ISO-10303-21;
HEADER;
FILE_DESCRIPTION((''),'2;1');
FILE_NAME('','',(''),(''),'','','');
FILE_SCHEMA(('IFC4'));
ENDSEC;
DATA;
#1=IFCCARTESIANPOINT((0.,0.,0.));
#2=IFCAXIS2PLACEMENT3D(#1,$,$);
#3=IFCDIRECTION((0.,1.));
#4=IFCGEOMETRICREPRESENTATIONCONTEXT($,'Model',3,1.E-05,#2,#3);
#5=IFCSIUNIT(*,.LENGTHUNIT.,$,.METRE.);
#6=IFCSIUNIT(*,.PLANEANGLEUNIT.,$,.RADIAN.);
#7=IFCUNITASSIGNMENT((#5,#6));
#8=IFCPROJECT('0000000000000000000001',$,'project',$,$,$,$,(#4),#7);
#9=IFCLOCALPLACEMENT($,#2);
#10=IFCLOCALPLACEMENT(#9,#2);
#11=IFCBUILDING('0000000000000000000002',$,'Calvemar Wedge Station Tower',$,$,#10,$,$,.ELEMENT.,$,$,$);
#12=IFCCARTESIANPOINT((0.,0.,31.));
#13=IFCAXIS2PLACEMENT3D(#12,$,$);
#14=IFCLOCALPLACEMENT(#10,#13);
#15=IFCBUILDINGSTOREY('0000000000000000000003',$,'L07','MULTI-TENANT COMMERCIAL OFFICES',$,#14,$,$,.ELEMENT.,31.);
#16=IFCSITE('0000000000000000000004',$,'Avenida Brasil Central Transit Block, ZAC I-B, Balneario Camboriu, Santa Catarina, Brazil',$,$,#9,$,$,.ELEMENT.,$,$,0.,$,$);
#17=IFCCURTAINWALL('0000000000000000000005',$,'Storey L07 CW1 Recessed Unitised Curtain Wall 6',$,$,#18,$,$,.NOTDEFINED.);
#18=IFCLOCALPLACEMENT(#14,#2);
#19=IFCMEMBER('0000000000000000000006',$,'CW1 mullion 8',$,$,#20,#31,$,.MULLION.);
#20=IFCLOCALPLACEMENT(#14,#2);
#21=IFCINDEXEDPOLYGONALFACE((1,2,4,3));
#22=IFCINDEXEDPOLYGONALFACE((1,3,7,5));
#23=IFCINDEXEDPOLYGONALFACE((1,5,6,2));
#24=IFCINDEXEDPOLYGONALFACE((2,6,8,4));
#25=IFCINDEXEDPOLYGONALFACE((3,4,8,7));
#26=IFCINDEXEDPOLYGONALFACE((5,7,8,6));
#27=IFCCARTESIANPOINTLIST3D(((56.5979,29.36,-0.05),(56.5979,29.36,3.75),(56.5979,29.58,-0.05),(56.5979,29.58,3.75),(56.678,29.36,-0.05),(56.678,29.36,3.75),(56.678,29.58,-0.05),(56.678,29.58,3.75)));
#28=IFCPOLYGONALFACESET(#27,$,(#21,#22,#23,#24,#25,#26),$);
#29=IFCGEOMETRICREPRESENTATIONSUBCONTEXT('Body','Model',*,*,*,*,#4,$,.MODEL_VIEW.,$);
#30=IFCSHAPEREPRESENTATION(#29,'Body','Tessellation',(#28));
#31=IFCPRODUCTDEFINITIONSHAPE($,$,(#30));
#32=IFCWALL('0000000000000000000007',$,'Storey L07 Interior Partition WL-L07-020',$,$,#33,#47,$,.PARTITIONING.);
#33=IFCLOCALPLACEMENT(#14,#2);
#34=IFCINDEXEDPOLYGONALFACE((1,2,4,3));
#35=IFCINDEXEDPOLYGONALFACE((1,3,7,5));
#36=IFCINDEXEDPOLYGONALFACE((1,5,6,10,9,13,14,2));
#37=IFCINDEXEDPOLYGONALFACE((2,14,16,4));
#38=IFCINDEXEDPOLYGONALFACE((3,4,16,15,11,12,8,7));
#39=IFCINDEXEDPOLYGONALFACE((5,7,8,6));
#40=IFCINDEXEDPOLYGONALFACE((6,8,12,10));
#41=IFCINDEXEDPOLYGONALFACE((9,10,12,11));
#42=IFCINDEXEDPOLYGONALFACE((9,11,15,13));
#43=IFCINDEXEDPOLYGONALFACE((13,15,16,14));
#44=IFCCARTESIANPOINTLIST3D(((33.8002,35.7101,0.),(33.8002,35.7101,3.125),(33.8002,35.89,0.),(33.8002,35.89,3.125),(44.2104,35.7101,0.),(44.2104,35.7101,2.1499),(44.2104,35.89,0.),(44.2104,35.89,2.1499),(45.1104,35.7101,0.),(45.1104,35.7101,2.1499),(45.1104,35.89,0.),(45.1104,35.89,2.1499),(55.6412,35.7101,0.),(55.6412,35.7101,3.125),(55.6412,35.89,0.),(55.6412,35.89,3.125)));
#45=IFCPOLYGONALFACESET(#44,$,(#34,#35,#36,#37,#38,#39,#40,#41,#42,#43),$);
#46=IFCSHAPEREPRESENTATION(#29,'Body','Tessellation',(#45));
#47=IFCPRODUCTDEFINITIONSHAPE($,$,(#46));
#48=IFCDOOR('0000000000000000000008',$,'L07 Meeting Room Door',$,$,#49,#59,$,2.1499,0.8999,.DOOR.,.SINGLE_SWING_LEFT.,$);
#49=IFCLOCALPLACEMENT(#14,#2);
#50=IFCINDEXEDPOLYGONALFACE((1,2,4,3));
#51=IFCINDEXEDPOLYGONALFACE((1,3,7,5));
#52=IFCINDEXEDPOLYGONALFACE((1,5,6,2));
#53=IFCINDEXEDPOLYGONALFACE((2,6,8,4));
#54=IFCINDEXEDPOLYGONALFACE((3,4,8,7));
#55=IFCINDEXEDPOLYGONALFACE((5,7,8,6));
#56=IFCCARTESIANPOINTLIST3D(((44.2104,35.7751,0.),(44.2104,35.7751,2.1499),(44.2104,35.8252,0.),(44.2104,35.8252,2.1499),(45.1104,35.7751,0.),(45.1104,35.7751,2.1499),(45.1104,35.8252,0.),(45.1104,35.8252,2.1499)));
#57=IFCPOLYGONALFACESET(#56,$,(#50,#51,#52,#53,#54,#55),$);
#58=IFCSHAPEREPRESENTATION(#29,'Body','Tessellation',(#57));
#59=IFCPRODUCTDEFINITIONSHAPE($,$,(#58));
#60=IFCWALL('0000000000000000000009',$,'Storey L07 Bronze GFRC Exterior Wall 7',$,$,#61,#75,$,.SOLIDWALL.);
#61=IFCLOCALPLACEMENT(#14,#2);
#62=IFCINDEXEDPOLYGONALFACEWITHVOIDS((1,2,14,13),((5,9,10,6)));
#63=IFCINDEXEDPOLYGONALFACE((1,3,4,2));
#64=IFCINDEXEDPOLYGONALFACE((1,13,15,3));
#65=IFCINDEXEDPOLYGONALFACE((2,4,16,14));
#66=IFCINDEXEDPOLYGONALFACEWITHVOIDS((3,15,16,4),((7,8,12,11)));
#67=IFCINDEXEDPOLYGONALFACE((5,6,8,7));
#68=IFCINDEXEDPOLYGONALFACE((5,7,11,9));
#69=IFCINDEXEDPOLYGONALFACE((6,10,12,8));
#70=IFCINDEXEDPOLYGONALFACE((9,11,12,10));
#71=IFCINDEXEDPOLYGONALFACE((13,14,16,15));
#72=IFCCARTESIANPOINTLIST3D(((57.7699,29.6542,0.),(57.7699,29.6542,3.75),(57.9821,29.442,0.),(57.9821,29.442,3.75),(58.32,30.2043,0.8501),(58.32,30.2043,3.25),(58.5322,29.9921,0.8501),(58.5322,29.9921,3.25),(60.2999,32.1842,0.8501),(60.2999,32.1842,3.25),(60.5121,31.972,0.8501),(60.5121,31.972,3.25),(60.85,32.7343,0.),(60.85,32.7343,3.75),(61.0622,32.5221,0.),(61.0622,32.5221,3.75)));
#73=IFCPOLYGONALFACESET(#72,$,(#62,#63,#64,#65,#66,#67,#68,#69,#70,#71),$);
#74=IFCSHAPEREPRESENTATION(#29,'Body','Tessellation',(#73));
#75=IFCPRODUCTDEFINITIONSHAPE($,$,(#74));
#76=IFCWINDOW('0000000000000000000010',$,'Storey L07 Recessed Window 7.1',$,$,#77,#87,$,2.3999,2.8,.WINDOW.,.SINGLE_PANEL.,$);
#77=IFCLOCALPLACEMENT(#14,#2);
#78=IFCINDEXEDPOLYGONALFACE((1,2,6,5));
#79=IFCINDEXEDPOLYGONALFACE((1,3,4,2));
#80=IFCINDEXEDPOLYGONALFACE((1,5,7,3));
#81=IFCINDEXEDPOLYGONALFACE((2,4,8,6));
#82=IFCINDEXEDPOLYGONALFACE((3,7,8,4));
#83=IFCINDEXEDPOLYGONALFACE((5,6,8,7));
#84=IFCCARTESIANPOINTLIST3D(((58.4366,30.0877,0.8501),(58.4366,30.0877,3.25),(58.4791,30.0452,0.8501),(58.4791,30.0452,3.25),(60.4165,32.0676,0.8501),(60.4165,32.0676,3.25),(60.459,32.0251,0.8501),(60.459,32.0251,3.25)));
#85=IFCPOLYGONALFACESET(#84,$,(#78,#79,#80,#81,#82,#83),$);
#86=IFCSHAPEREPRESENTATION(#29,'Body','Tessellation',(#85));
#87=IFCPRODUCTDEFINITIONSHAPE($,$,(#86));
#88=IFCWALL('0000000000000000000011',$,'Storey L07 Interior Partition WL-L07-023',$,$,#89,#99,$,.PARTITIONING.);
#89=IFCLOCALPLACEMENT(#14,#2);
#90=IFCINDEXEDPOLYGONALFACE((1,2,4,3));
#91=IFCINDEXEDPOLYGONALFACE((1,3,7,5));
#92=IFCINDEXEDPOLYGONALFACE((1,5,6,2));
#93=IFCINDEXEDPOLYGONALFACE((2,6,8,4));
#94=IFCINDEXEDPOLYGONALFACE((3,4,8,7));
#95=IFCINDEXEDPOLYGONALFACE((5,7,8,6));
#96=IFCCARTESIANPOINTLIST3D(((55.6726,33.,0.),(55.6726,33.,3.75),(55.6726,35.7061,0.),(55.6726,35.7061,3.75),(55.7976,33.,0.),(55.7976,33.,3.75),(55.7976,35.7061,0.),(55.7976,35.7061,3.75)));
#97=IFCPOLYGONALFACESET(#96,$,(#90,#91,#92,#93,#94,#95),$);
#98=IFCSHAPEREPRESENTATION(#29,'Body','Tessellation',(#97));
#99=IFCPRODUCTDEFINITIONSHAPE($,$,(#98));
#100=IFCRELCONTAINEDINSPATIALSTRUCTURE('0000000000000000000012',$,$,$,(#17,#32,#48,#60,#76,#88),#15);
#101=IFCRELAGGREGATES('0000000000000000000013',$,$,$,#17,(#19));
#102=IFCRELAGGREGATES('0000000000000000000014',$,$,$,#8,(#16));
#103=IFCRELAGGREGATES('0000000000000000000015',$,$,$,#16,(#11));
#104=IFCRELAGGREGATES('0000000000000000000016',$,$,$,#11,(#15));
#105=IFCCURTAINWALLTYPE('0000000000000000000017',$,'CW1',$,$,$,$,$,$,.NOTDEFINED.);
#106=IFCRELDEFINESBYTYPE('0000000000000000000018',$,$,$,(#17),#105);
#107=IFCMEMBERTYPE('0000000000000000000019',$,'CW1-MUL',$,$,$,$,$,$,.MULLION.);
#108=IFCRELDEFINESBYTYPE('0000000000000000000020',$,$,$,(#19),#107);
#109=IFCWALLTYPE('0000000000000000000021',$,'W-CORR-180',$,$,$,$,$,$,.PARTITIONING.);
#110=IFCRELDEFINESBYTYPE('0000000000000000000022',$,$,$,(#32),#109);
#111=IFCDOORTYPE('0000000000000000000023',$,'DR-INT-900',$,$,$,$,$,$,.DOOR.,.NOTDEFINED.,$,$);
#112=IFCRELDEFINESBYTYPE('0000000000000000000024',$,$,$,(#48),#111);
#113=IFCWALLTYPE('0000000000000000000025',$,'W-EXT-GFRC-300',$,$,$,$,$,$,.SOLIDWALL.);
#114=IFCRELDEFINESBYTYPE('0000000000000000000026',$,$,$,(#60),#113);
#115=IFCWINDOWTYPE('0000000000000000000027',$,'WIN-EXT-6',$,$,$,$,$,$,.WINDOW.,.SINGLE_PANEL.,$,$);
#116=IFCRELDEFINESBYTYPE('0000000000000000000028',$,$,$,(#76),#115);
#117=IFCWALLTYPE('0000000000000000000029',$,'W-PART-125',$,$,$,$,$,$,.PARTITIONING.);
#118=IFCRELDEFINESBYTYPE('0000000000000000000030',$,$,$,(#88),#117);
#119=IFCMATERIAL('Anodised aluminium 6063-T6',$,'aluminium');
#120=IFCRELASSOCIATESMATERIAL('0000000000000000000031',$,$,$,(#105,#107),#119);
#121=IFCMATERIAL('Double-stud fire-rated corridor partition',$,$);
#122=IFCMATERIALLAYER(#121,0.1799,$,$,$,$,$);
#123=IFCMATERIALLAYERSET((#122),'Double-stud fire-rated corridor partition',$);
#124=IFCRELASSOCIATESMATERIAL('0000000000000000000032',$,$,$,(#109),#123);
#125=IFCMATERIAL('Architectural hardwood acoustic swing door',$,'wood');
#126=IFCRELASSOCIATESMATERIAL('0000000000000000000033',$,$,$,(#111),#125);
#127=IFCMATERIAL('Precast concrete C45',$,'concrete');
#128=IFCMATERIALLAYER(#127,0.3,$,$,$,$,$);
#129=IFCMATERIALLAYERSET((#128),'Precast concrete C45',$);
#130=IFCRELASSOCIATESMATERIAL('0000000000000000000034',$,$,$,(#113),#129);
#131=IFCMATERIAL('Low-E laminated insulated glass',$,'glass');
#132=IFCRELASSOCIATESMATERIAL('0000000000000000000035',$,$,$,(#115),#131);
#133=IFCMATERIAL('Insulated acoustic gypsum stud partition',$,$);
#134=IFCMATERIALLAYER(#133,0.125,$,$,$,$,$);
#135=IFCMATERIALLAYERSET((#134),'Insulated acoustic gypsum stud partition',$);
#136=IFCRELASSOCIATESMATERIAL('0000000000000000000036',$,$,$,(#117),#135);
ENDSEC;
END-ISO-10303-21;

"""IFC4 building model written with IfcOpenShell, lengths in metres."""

from ifc_helpers import new_model, si_unit, direction, frame, frame_2d, origin, origin_2d, place, context, subcontext, project, spatial, rectangle, extrude, source, transform, mapped, material, layer, layer_set, material_profile, profile_set, type_object, element, fill, aggregate, save


model = new_model("IFC4")

# Units and contexts
model_context = context("Model", 3, precision=1e-05, world=origin(), true_north=direction((0.0, 1.0)))
body_context = subcontext(model_context, "Body", "Model", "MODEL_VIEW")
ifc_project = project(units=[si_unit("LENGTHUNIT", "METRE"), si_unit("PLANEANGLEUNIT", "RADIAN")], contexts=[model_context])

# Site, building, storey
site_placement = place(None, origin())
site = spatial("IfcSite", under=ifc_project, at=site_placement, Name="Avenida Brasil Central Transit Block, ZAC I-B, Balneario Camboriu, Santa Catarina, Brazil", CompositionType="ELEMENT", RefElevation=0.0)
building_placement = place(site_placement, origin())
building = spatial("IfcBuilding", under=site, at=building_placement, Name="Calvemar Wedge Station Tower", CompositionType="ELEMENT")
storey_placement = place(building_placement, frame((0.0, 0.0, 31.0)))
storey = spatial("IfcBuildingStorey", under=building, at=storey_placement, Name="L07", Description="MULTI-TENANT COMMERCIAL OFFICES", CompositionType="ELEMENT", Elevation=31.0)

# Curtain wall, member
ifc_material_1 = material(Name="Anodised aluminium 6063-T6", Category="aluminium")
curtain_wall_type = type_object("IfcCurtainWallType", Name="CW1", PredefinedType="NOTDEFINED", material=ifc_material_1)
curtain_wall_placement = place(storey_placement, origin())
curtain_wall = element("IfcCurtainWall", 1, at=curtain_wall_placement, inside=storey, type_object=curtain_wall_type, Name="Storey L07 CW1 Recessed Unitised Curtain Wall 6", PredefinedType="NOTDEFINED")
ifc_material_profile = material_profile(ifc_material_1, rectangle(XDim=0.0801, YDim=0.22, at=origin_2d()), Name="AL-MUL-80x220")
ifc_profile_set = profile_set([ifc_material_profile], Name="Anodised aluminium 6063-T6")
member_type = type_object("IfcMemberType", Name="CW1-MUL", PredefinedType="MULLION", material=ifc_profile_set)
shared_shape_1 = source(origin(), body_context, "Body", "SweptSolid", [
    extrude(rectangle(XDim=0.0801, YDim=0.22, at=origin_2d()), origin(), (0.0, 0.0, 1.0), 3.8),
])
member_placement = place(storey_placement, frame((56.6379, 29.47, -0.05), z_axis=(0.0, 0.0, 1.0), x_axis=(1.0, 0.0, 0.0)))
member = element("IfcMember", 2, at=member_placement, type_object=member_type, Name="CW1 mullion 8", PredefinedType="MULLION", context=body_context, shape_type="MappedRepresentation", body=[
    mapped(shared_shape_1, transform((0.0, 0.0, 0.0), scale=1.0)),
])
aggregate(curtain_wall, [member])

# Wall, opening, door
ifc_material_2 = material(Name="Double-stud fire-rated corridor partition")
ifc_layer_1 = layer(ifc_material_2, 0.1799)
ifc_layer_set_1 = layer_set([ifc_layer_1], Name="Double-stud fire-rated corridor partition")
wall_type_1 = type_object("IfcWallType", Name="W-CORR-180", PredefinedType="PARTITIONING", material=ifc_layer_set_1)
wall_1_placement = place(storey_placement, frame((55.6411, 35.8, 0.0), z_axis=(0.0, 0.0, 1.0), x_axis=(-1.0, 0.0, 0.0)))
wall_1 = element("IfcWall", 3, at=wall_1_placement, inside=storey, type_object=wall_type_1, Name="Storey L07 Interior Partition WL-L07-020", PredefinedType="PARTITIONING", context=body_context, shape_type="SweptSolid", body=[
    extrude(rectangle(XDim=21.8411, YDim=0.1799, at=frame_2d((10.9204, 0.0))), origin(), (0.0, 0.0, 1.0), 3.125),
])
shared_shape_2 = source(origin(), body_context, "Body", "SweptSolid", [
    extrude(rectangle(XDim=0.8999, YDim=2.1499, at=frame_2d((0.45, 1.075))), frame((0.0, 0.1001, 0.0), z_axis=(0.0, -1.0, 0.0), x_axis=(1.0, 0.0, 0.0)), (0.0, 0.0, 1.0), 0.2),
])
opening_1_placement = place(wall_1_placement, frame((10.5308, 0.0, 0.0)))
opening_1 = element("IfcOpeningElement", 4, at=opening_1_placement, cuts=wall_1, PredefinedType="OPENING", context=body_context, shape_type="MappedRepresentation", body=[
    mapped(shared_shape_2, transform((0.0, 0.0, 0.0), scale=1.0)),
])
ifc_material_3 = material(Name="Architectural hardwood acoustic swing door", Category="wood")
door_type_1 = type_object("IfcDoorType", Name="DR-INT-900", OperationType="NOTDEFINED", PredefinedType="DOOR", material=ifc_material_3)
shared_shape_3 = source(origin(), body_context, "Body", "SweptSolid", [
    extrude(rectangle(XDim=0.8999, YDim=2.1499, at=frame_2d((0.45, 1.075))), frame((0.0, 0.0249, 0.0), z_axis=(0.0, -1.0, 0.0), x_axis=(1.0, 0.0, 0.0)), (0.0, 0.0, 1.0), 0.05),
])
door_1_placement = place(opening_1_placement, origin())
door_1 = element("IfcDoor", 5, at=door_1_placement, inside=storey, type_object=door_type_1, Name="L07 Meeting Room Door", OperationType="SINGLE_SWING_LEFT", OverallHeight=2.1499, OverallWidth=0.8999, PredefinedType="DOOR", context=body_context, shape_type="MappedRepresentation", body=[
    mapped(shared_shape_3, transform((0.0, 0.0, 0.0), scale=1.0)),
])
fill(opening_1, door_1)

# Wall, opening, window
ifc_material_4 = material(Name="Precast concrete C45", Category="concrete")
ifc_layer_2 = layer(ifc_material_4, 0.3)
ifc_layer_set_2 = layer_set([ifc_layer_2], Name="Precast concrete C45")
wall_type_2 = type_object("IfcWallType", Name="W-EXT-GFRC-300", PredefinedType="SOLIDWALL", material=ifc_layer_set_2)
wall_2_placement = place(storey_placement, frame((57.876, 29.5481, 0.0), z_axis=(0.0, 0.0, 1.0), x_axis=(0.707107, 0.707107, 0.0)))
wall_2 = element("IfcWall", 6, at=wall_2_placement, inside=storey, type_object=wall_type_2, Name="Storey L07 Bronze GFRC Exterior Wall 7", PredefinedType="SOLIDWALL", context=body_context, shape_type="SweptSolid", body=[
    extrude(rectangle(XDim=4.356, YDim=0.3, at=frame_2d((2.178, 0.0))), origin(), (0.0, 0.0, 1.0), 3.75),
])
shared_shape_4 = source(origin(), body_context, "Body", "SweptSolid", [
    extrude(rectangle(XDim=2.8, YDim=2.3999, at=frame_2d((1.3999, 1.2))), frame((0.0, 0.1602, 0.0), z_axis=(0.0, -1.0, 0.0), x_axis=(1.0, 0.0, 0.0)), (0.0, 0.0, 1.0), 0.3201),
])
opening_2_placement = place(wall_2_placement, frame((0.7781, 0.0, 0.8501)))
opening_2 = element("IfcOpeningElement", 7, at=opening_2_placement, cuts=wall_2, PredefinedType="OPENING", context=body_context, shape_type="MappedRepresentation", body=[
    mapped(shared_shape_4, transform((0.0, 0.0, 0.0), scale=1.0)),
])
ifc_material_5 = material(Name="Low-E laminated insulated glass", Category="glass")
window_type_1 = type_object("IfcWindowType", Name="WIN-EXT-6", PartitioningType="SINGLE_PANEL", PredefinedType="WINDOW", material=ifc_material_5)
shared_shape_5 = source(origin(), body_context, "Body", "SweptSolid", [
    extrude(rectangle(XDim=2.8, YDim=2.3999, at=frame_2d((1.3999, 1.2))), frame((0.0, -0.0149, 0.0), z_axis=(0.0, -1.0, 0.0), x_axis=(1.0, 0.0, 0.0)), (0.0, 0.0, 1.0), 0.0601),
])
window_1_placement = place(opening_2_placement, origin())
window_1 = element("IfcWindow", 8, at=window_1_placement, inside=storey, type_object=window_type_1, Name="Storey L07 Recessed Window 7.1", OverallHeight=2.3999, OverallWidth=2.8, PartitioningType="SINGLE_PANEL", PredefinedType="WINDOW", context=body_context, shape_type="MappedRepresentation", body=[
    mapped(shared_shape_5, transform((0.0, 0.0, 0.0), scale=1.0)),
])
fill(opening_2, window_1)

# Wall
ifc_material_6 = material(Name="Insulated acoustic gypsum stud partition")
ifc_layer_3 = layer(ifc_material_6, 0.125)
ifc_layer_set_3 = layer_set([ifc_layer_3], Name="Insulated acoustic gypsum stud partition")
wall_type_3 = type_object("IfcWallType", Name="W-PART-125", PredefinedType="PARTITIONING", material=ifc_layer_set_3)
wall_3_placement = place(storey_placement, frame((55.7351, 33.0, 0.0), z_axis=(0.0, 0.0, 1.0), x_axis=(0.0, 1.0, 0.0)))
element("IfcWall", 9, at=wall_3_placement, inside=storey, type_object=wall_type_3, Name="Storey L07 Interior Partition WL-L07-023", PredefinedType="PARTITIONING", context=body_context, shape_type="SweptSolid", body=[
    extrude(rectangle(XDim=2.7061, YDim=0.125, at=frame_2d((1.353, 0.0))), origin(), (0.0, 0.0, 1.0), 3.75),
])

save(model, "model.ifc")
